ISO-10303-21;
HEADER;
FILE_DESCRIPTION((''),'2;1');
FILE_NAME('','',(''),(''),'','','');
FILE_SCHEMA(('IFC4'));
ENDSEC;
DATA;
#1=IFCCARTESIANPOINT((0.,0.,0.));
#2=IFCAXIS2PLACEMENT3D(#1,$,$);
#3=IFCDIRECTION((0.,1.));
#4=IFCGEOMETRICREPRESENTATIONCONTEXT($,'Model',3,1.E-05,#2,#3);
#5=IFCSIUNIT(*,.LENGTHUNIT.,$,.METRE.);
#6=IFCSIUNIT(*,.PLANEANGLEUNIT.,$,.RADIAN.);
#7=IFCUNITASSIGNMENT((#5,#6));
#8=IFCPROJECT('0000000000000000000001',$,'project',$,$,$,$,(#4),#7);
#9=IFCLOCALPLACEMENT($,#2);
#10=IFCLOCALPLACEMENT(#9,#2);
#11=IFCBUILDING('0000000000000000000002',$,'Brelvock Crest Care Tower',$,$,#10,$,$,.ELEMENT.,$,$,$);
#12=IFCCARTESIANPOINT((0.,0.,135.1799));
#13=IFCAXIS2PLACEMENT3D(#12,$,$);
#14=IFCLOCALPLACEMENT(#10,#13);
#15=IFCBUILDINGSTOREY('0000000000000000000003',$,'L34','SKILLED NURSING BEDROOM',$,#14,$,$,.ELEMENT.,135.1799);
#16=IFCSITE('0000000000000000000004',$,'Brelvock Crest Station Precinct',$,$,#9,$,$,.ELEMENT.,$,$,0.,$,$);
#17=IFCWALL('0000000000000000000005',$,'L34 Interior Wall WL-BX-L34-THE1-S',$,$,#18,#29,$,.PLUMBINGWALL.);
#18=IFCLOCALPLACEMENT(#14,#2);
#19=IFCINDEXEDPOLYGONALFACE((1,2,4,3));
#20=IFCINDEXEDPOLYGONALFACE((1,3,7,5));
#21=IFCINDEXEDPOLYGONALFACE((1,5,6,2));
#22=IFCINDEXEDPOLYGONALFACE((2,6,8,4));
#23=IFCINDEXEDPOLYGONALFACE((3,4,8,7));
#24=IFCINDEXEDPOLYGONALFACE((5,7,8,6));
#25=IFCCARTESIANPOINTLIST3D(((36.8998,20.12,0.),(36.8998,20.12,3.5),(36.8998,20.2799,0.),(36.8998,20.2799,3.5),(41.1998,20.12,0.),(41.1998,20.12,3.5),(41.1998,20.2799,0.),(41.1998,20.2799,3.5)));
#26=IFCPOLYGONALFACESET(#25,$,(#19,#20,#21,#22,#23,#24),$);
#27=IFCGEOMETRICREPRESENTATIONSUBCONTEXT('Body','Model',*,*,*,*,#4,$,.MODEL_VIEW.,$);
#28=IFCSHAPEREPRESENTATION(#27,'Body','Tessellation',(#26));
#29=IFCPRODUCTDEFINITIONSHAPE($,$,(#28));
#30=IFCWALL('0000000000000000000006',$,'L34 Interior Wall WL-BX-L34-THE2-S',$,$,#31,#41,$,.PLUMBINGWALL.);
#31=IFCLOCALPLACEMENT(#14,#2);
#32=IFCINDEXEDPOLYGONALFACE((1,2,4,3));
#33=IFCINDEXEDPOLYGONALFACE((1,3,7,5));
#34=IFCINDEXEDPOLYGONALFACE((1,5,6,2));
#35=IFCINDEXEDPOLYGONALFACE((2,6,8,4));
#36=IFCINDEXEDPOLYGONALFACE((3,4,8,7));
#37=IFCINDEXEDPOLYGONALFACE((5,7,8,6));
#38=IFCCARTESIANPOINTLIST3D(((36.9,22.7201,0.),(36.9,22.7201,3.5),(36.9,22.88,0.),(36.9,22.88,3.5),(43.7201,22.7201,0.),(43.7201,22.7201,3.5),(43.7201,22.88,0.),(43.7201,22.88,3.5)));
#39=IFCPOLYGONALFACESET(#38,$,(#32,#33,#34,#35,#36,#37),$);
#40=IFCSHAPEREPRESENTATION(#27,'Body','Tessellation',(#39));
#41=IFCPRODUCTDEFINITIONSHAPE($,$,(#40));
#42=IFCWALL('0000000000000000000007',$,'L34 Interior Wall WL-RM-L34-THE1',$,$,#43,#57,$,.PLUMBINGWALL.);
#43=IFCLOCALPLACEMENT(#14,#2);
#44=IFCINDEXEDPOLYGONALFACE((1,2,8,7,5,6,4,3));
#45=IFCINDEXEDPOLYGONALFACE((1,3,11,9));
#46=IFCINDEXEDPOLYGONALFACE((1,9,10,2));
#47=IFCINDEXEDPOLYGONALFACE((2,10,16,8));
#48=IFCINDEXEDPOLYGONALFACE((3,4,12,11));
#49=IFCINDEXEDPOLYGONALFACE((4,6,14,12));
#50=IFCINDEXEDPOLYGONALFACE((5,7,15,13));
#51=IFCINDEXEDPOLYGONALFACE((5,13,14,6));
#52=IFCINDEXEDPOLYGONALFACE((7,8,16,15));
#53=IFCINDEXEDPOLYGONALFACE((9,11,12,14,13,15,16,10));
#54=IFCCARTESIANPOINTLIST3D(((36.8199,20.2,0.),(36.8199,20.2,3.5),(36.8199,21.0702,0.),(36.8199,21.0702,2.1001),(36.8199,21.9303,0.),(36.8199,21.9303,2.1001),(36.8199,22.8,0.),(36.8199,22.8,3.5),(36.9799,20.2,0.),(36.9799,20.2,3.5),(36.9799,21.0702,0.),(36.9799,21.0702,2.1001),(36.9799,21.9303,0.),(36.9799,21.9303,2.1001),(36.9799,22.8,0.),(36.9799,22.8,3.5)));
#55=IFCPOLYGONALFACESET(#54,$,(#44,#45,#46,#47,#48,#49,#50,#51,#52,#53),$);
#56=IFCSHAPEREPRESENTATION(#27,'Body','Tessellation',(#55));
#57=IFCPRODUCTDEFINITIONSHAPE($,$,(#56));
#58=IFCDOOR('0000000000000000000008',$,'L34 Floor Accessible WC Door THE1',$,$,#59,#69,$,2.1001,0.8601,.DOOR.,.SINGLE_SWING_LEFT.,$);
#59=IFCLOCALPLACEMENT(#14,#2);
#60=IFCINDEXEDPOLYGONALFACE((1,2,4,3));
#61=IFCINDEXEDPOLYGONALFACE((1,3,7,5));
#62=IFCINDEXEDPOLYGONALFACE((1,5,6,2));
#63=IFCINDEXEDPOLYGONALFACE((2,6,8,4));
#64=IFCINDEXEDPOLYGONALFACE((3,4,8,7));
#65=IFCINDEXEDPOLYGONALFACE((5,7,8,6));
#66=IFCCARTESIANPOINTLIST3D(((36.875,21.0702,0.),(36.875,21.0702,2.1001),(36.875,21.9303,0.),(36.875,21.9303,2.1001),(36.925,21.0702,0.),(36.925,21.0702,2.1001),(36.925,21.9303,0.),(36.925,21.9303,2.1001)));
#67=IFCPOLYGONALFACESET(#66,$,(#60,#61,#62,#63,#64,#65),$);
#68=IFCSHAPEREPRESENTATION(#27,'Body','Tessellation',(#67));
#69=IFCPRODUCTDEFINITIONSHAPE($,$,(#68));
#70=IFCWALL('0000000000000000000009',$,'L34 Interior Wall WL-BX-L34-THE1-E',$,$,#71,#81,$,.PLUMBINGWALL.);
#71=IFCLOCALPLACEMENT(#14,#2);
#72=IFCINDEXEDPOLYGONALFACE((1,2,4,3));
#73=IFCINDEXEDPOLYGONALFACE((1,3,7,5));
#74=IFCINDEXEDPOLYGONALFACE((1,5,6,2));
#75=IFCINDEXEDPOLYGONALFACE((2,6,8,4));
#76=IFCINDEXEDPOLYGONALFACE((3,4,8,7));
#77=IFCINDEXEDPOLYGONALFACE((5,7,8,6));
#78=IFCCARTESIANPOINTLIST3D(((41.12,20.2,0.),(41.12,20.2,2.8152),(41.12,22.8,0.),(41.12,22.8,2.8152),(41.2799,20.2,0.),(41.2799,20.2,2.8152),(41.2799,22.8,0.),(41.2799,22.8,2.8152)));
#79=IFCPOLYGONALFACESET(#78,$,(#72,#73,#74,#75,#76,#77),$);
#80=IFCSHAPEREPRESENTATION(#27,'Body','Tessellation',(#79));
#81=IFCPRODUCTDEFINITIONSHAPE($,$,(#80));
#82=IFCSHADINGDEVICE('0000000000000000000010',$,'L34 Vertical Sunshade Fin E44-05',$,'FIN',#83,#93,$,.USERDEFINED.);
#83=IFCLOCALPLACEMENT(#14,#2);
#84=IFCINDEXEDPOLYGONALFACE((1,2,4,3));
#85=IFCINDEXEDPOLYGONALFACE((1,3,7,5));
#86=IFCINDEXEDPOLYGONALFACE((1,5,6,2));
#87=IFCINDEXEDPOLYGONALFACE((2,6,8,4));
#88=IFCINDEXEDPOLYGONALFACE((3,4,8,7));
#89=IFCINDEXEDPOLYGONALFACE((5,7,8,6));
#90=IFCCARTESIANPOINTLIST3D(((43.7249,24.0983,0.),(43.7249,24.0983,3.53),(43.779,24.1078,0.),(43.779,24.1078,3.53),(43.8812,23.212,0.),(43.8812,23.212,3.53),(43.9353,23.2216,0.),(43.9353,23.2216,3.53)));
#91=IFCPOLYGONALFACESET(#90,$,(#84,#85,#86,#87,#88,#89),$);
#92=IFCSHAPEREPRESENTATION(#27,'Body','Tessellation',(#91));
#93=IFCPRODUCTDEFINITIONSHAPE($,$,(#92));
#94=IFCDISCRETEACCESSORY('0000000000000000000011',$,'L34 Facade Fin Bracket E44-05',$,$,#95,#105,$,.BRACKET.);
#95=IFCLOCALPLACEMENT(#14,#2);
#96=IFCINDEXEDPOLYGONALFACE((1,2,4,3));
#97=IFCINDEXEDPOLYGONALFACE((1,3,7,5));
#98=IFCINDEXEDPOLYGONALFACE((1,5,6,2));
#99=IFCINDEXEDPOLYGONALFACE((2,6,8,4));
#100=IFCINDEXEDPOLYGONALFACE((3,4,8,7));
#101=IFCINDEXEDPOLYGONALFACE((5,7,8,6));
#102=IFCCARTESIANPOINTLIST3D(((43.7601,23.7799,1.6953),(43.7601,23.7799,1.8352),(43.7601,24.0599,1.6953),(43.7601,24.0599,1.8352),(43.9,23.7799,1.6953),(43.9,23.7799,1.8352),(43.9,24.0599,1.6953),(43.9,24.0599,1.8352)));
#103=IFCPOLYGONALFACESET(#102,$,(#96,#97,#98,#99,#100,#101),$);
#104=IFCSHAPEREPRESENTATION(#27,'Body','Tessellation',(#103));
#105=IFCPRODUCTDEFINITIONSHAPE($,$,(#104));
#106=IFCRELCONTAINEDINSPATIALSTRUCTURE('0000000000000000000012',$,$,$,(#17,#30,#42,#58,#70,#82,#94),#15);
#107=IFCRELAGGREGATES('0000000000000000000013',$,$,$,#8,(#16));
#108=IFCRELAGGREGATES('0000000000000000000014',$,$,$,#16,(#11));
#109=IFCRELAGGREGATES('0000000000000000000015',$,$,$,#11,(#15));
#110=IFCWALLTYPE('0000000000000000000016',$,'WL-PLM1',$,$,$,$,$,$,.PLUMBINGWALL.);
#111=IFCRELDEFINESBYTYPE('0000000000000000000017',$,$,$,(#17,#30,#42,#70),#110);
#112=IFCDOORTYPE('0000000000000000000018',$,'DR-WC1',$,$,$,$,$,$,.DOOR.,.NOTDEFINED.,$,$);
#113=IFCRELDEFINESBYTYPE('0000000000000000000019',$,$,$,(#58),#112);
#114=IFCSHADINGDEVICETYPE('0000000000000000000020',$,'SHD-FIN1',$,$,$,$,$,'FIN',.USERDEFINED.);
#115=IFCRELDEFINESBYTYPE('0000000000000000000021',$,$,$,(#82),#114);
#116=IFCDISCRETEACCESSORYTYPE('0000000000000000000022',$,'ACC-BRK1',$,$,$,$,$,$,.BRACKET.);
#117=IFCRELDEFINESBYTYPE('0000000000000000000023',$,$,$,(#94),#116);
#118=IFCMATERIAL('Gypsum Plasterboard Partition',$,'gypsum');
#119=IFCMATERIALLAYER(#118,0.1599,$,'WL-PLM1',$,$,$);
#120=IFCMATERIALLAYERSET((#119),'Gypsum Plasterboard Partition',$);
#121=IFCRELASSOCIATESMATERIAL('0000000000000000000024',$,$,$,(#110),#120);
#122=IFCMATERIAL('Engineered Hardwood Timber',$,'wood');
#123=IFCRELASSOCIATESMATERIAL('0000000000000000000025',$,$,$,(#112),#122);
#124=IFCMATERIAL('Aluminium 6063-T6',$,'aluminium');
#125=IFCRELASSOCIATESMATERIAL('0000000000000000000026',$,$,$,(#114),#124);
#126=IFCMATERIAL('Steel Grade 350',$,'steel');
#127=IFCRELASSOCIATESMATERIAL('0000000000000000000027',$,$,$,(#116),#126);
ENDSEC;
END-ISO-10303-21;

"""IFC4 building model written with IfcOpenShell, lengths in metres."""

from ifc_helpers import new_model, si_unit, direction, frame, frame_2d, origin, origin_2d, place, context, subcontext, project, spatial, rectangle, extrude, source, transform, mapped, material, layer, layer_set, material_profile, profile_set, type_object, element, fill, save


model = new_model("IFC4")

# Units and contexts
model_context = context("Model", 3, precision=1e-05, world=origin(), true_north=direction((0.0, 1.0)))
body_context = subcontext(model_context, "Body", "Model", "MODEL_VIEW")
ifc_project = project(units=[si_unit("LENGTHUNIT", "METRE"), si_unit("PLANEANGLEUNIT", "RADIAN")], contexts=[model_context])

# Site, building, storey
site_placement = place(None, origin())
site = spatial("IfcSite", under=ifc_project, at=site_placement, Name="Brelvock Crest Station Precinct", CompositionType="ELEMENT", RefElevation=0.0)
building_placement = place(site_placement, origin())
building = spatial("IfcBuilding", under=site, at=building_placement, Name="Brelvock Crest Care Tower", CompositionType="ELEMENT")
storey_placement = place(building_placement, frame((0.0, 0.0, 135.1799)))
storey = spatial("IfcBuildingStorey", under=building, at=storey_placement, Name="L34", Description="SKILLED NURSING BEDROOM", CompositionType="ELEMENT", Elevation=135.1799)

# Shared definitions
ifc_material_1 = material(Name="Aluminium 6063-T6", Category="aluminium")

# Shared definitions
ifc_material_2 = material(Name="Engineered Hardwood Timber", Category="wood")

# Walls
ifc_material_3 = material(Name="Gypsum Plasterboard Partition", Category="gypsum")
ifc_layer_1 = layer(ifc_material_3, 0.1599, Name="WL-PLM1")
ifc_layer_set_1 = layer_set([ifc_layer_1], Name="Gypsum Plasterboard Partition")
wall_type_1 = type_object("IfcWallType", Name="WL-PLM1", PredefinedType="PLUMBINGWALL", material=ifc_layer_set_1)
wall_1_placement = place(storey_placement, frame((36.8999, 20.2, 0.0), z_axis=(0.0, 0.0, 1.0), x_axis=(1.0, 0.0, 0.0)))
element("IfcWall", 1, at=wall_1_placement, inside=storey, type_object=wall_type_1, Name="L34 Interior Wall WL-BX-L34-THE1-S", PredefinedType="PLUMBINGWALL", context=body_context, shape_type="SweptSolid", body=[
    extrude(rectangle(XDim=4.3, YDim=0.1599, at=frame_2d((2.1499, 0.0))), origin(), (0.0, 0.0, 1.0), 3.5),
])
wall_2_placement = place(storey_placement, frame((36.8999, 22.8, 0.0), z_axis=(0.0, 0.0, 1.0), x_axis=(1.0, 0.0, 0.0)))
element("IfcWall", 2, at=wall_2_placement, inside=storey, type_object=wall_type_1, Name="L34 Interior Wall WL-BX-L34-THE2-S", PredefinedType="PLUMBINGWALL", context=body_context, shape_type="SweptSolid", body=[
    extrude(rectangle(XDim=6.8201, YDim=0.1599, at=frame_2d((3.4102, 0.0))), origin(), (0.0, 0.0, 1.0), 3.5),
])

# Wall, opening, door
wall_3_placement = place(storey_placement, frame((36.8999, 20.2, 0.0), z_axis=(0.0, 0.0, 1.0), x_axis=(0.0, 1.0, 0.0)))
wall_3 = element("IfcWall", 3, at=wall_3_placement, inside=storey, type_object=wall_type_1, Name="L34 Interior Wall WL-RM-L34-THE1", PredefinedType="PLUMBINGWALL", context=body_context, shape_type="SweptSolid", body=[
    extrude(rectangle(XDim=2.6001, YDim=0.1599, at=frame_2d((1.3, 0.0))), origin(), (0.0, 0.0, 1.0), 3.5),
])
opening_1_placement = place(wall_3_placement, frame((0.8701, 0.0, 0.0)))
opening_1 = element("IfcOpeningElement", 4, at=opening_1_placement, cuts=wall_3, PredefinedType="OPENING", context=body_context, shape_type="SweptSolid", body=[
    extrude(rectangle(XDim=0.8601, YDim=2.1001, at=origin_2d()), frame((0.4302, 0.0898, 1.05), z_axis=(0.0, -1.0, 0.0), x_axis=(1.0, 0.0, 0.0)), (0.0, 0.0, 1.0), 0.1799),
])
door_type_1 = type_object("IfcDoorType", Name="DR-WC1", OperationType="NOTDEFINED", PredefinedType="DOOR", material=ifc_material_2)
shared_shape_1 = source(origin(), body_context, "Body", "SweptSolid", [
    extrude(rectangle(XDim=0.8601, YDim=2.1001, at=origin_2d()), frame((0.4302, 0.0249, 1.05), z_axis=(0.0, -1.0, 0.0), x_axis=(1.0, 0.0, 0.0)), (0.0, 0.0, 1.0), 0.05),
])
door_1_placement = place(opening_1_placement, origin())
door_1 = element("IfcDoor", 5, at=door_1_placement, inside=storey, type_object=door_type_1, Name="L34 Floor Accessible WC Door THE1", OperationType="SINGLE_SWING_LEFT", OverallHeight=2.1001, OverallWidth=0.8601, PredefinedType="DOOR", context=body_context, shape_type="MappedRepresentation", body=[
    mapped(shared_shape_1, transform((0.0, 0.0, 0.0), x_axis=(1.0, 0.0, 0.0), y_axis=(0.0, 1.0, 0.0), z_axis=(0.0, 0.0, 1.0), scale=1.0)),
])
fill(opening_1, door_1)

# Wall
wall_4_placement = place(storey_placement, frame((41.2, 20.2, 0.0), z_axis=(0.0, 0.0, 1.0), x_axis=(0.0, 1.0, 0.0)))
element("IfcWall", 6, at=wall_4_placement, inside=storey, type_object=wall_type_1, Name="L34 Interior Wall WL-BX-L34-THE1-E", PredefinedType="PLUMBINGWALL", context=body_context, shape_type="SweptSolid", body=[
    extrude(rectangle(XDim=2.6001, YDim=0.1599, at=frame_2d((1.3, 0.0))), origin(), (0.0, 0.0, 1.0), 2.8152),
])

# Shading device
ifc_material_profile_1 = material_profile(ifc_material_1, rectangle(XDim=0.0549, YDim=0.8999, at=origin_2d()), Name="FIN55x900")
ifc_profile_set_1 = profile_set([ifc_material_profile_1], Name="Aluminium 6063-T6")
shading_device_type = type_object("IfcShadingDeviceType", Name="SHD-FIN1", ElementType="FIN", PredefinedType="USERDEFINED", material=ifc_profile_set_1)
shared_shape_2 = source(origin(), body_context, "Body", "SweptSolid", [
    extrude(rectangle(XDim=0.0549, YDim=0.8999, at=origin_2d()), origin(), (0.0, 0.0, 1.0), 3.53),
])
shading_device_placement = place(storey_placement, frame((43.8301, 23.6599, 0.0), z_axis=(0.0, 0.0, 1.0), x_axis=(-0.984808, -0.173648, 0.0)))
element("IfcShadingDevice", 7, at=shading_device_placement, inside=storey, type_object=shading_device_type, Name="L34 Vertical Sunshade Fin E44-05", ObjectType="FIN", PredefinedType="USERDEFINED", context=body_context, shape_type="MappedRepresentation", body=[
    mapped(shared_shape_2, transform((0.0, 0.0, 0.0), x_axis=(1.0, 0.0, 0.0), y_axis=(0.0, 1.0, 0.0), z_axis=(0.0, 0.0, 1.0), scale=1.0)),
])

# Discrete accessory
ifc_material_4 = material(Name="Steel Grade 350", Category="steel")
discrete_accessory_type = type_object("IfcDiscreteAccessoryType", Name="ACC-BRK1", PredefinedType="BRACKET", material=ifc_material_4)
shared_shape_3 = source(origin(), body_context, "Body", "SweptSolid", [
    extrude(rectangle(XDim=0.28, YDim=0.1399, at=origin_2d()), origin(), (0.0, 0.0, 1.0), 0.1399),
])
discrete_accessory_placement = place(storey_placement, frame((43.8301, 23.9199, 1.6953), z_axis=(0.0, 0.0, 1.0), x_axis=(0.0, -1.0, 0.0)))
element("IfcDiscreteAccessory", 8, at=discrete_accessory_placement, inside=storey, type_object=discrete_accessory_type, Name="L34 Facade Fin Bracket E44-05", PredefinedType="BRACKET", context=body_context, shape_type="MappedRepresentation", body=[
    mapped(shared_shape_3, transform((0.0, 0.0, 0.0), x_axis=(1.0, 0.0, 0.0), y_axis=(0.0, 1.0, 0.0), z_axis=(0.0, 0.0, 1.0), scale=1.0)),
])

save(model, "model.ifc")
